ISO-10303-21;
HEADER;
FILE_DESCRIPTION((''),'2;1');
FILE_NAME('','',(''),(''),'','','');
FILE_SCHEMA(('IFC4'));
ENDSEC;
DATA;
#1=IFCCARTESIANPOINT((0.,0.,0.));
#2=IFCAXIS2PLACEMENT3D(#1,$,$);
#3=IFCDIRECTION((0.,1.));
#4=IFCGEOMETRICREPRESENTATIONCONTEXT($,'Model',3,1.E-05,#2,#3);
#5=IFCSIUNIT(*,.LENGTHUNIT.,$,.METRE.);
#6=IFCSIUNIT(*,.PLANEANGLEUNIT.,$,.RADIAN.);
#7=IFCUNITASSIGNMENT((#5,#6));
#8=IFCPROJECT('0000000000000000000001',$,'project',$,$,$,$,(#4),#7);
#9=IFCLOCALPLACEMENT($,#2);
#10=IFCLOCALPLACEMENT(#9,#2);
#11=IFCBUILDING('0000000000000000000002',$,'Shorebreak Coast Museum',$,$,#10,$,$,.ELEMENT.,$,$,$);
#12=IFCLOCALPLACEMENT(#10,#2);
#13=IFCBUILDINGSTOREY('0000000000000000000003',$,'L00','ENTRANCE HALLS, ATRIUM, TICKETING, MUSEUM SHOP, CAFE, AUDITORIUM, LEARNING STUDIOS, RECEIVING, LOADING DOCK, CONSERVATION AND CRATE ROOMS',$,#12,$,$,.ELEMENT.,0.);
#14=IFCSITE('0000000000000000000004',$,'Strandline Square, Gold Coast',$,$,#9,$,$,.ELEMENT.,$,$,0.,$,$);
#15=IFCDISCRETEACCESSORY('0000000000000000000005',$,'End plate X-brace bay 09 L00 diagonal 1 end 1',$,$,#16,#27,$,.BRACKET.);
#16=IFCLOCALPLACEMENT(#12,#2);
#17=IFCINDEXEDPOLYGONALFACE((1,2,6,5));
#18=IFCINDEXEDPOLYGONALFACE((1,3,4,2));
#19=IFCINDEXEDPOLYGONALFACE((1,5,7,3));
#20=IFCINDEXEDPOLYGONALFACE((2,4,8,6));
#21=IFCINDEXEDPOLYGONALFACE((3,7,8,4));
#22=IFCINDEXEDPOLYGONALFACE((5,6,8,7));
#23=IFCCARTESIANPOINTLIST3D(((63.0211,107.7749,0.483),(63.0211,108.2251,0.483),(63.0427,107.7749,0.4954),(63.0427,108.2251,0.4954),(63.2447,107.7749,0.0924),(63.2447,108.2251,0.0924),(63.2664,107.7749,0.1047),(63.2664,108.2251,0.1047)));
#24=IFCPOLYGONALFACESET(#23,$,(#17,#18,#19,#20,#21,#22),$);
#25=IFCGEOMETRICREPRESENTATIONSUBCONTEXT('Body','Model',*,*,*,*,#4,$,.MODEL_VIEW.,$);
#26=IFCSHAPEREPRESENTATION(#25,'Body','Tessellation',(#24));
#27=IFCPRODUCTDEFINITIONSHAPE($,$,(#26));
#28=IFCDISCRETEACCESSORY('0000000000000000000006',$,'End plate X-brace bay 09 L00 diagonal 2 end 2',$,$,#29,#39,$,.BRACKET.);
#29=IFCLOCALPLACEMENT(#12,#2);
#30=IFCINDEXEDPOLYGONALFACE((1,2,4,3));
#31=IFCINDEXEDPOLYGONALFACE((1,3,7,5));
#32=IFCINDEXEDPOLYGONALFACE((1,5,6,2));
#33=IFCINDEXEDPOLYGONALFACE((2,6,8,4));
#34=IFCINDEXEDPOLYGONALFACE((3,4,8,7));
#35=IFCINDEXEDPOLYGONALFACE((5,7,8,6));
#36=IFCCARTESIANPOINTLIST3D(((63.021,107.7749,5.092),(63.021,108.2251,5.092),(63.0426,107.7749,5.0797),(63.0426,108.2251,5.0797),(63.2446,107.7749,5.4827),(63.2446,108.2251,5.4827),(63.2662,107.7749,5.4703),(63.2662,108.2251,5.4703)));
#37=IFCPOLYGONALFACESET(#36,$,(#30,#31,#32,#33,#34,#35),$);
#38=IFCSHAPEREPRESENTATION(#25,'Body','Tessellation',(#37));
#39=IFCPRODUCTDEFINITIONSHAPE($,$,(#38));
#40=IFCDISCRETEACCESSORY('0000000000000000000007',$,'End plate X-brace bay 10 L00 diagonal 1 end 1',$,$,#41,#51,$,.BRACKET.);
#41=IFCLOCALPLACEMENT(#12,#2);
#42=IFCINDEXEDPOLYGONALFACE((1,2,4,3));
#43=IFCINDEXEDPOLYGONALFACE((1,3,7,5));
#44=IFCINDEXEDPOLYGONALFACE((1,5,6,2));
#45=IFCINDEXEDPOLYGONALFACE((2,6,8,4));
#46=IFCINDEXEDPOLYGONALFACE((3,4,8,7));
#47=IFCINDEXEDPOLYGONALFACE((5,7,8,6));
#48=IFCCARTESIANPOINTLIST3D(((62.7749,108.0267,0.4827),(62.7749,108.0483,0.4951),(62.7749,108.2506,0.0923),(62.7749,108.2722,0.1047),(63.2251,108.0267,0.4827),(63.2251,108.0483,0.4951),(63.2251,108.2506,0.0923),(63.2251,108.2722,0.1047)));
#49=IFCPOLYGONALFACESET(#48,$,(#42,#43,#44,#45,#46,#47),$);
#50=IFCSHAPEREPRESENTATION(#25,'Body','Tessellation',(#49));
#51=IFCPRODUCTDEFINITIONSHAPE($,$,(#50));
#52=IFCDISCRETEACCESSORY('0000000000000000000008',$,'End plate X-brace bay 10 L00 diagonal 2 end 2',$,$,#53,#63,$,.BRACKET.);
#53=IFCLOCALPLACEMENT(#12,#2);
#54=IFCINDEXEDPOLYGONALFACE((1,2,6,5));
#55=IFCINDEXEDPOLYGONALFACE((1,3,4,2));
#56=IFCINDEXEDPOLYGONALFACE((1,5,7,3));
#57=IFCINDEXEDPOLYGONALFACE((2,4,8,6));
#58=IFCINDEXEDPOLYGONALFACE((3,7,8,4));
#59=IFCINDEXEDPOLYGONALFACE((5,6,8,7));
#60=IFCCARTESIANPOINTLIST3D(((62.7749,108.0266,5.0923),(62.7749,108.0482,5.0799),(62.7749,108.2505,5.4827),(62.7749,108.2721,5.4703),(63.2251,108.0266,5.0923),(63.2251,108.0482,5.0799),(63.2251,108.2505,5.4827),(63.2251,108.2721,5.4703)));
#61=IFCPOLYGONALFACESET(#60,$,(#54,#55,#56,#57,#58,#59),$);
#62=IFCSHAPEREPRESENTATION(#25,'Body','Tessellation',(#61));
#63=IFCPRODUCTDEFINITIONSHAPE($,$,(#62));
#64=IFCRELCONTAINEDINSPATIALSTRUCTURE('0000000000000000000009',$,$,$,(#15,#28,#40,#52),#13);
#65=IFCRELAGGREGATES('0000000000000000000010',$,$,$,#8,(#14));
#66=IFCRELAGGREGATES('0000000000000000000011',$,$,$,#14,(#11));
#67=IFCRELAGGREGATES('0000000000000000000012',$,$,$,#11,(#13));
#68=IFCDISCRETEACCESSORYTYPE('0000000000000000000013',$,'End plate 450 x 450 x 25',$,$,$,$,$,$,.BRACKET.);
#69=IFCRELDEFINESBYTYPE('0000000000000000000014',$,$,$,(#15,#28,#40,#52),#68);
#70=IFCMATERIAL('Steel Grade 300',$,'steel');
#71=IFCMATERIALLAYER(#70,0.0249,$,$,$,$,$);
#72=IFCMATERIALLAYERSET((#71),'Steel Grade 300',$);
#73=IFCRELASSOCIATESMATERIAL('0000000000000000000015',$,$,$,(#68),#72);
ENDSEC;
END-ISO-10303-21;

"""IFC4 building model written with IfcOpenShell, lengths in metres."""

from ifc_helpers import new_model, si_unit, direction, frame, origin, place, context, subcontext, project, spatial, polyline, outline, extrude, material, layer, layer_set, type_object, element, save


model = new_model("IFC4")

# Units and contexts
model_context = context("Model", 3, precision=1e-05, world=origin(), true_north=direction((0.0, 1.0)))
body_context = subcontext(model_context, "Body", "Model", "MODEL_VIEW")
ifc_project = project(units=[si_unit("LENGTHUNIT", "METRE"), si_unit("PLANEANGLEUNIT", "RADIAN")], contexts=[model_context])

# Site, building, storey
site_placement = place(None, origin())
site = spatial("IfcSite", under=ifc_project, at=site_placement, Name="Strandline Square, Gold Coast", CompositionType="ELEMENT", RefElevation=0.0)
building_placement = place(site_placement, origin())
building = spatial("IfcBuilding", under=site, at=building_placement, Name="Shorebreak Coast Museum", CompositionType="ELEMENT")
storey_placement = place(building_placement, origin())
storey = spatial("IfcBuildingStorey", under=building, at=storey_placement, Name="L00", Description="ENTRANCE HALLS, ATRIUM, TICKETING, MUSEUM SHOP, CAFE, AUDITORIUM, LEARNING STUDIOS, RECEIVING, LOADING DOCK, CONSERVATION AND CRATE ROOMS", CompositionType="ELEMENT", Elevation=0.0)

# Discrete accessories
ifc_material_1 = material(Name="Steel Grade 300", Category="steel")
ifc_layer_1 = layer(ifc_material_1, 0.0249)
ifc_layer_set_1 = layer_set([ifc_layer_1], Name="Steel Grade 300")
discrete_accessory_type = type_object("IfcDiscreteAccessoryType", Name="End plate 450 x 450 x 25", PredefinedType="BRACKET", material=ifc_layer_set_1)
for number, where, z_axis, x_axis, name in (
    (1, (63.2664, 107.7749, 0.1047), (0.867842, 0.0, 0.49684), (0.0, 1.0, 0.0), "End plate X-brace bay 09 L00 diagonal 1 end 1"),
    (2, (63.021, 108.2251, 5.092), (-0.867842, 0.0, 0.49684), (0.0, -1.0, 0.0), "End plate X-brace bay 09 L00 diagonal 2 end 2"),
):
    element("IfcDiscreteAccessory", number, at=place(storey_placement, frame(where, z_axis=z_axis, x_axis=x_axis)), inside=storey, type_object=discrete_accessory_type, Name=name, PredefinedType="BRACKET", context=body_context, shape_type="SweptSolid", body=[
        extrude(outline(polyline([(0.0, 0.0), (0.4502, 0.0), (0.4502, 0.4501), (0.0, 0.4501), (0.0, 0.0)])), origin(), (0.0, 0.0, -1.0), 0.0249),
    ])
for number, where, z_axis, x_axis, name in (
    (3, (63.2251, 108.2722, 0.1047), (0.0, 0.867474, 0.497482), (-1.0, 0.0, 0.0), "End plate X-brace bay 10 L00 diagonal 1 end 1"),
    (4, (62.7749, 108.0266, 5.0923), (0.0, -0.867474, 0.497482), (1.0, 0.0, 0.0), "End plate X-brace bay 10 L00 diagonal 2 end 2"),
):
    element("IfcDiscreteAccessory", number, at=place(storey_placement, frame(where, z_axis=z_axis, x_axis=x_axis)), inside=storey, type_object=discrete_accessory_type, Name=name, PredefinedType="BRACKET", context=body_context, shape_type="SweptSolid", body=[
        extrude(outline(polyline([(0.0, 0.0), (0.4502, 0.0), (0.4502, 0.45), (0.0, 0.45), (0.0, 0.0)])), origin(), (0.0, 0.0, -1.0), 0.0249),
    ])

save(model, "model.ifc")
